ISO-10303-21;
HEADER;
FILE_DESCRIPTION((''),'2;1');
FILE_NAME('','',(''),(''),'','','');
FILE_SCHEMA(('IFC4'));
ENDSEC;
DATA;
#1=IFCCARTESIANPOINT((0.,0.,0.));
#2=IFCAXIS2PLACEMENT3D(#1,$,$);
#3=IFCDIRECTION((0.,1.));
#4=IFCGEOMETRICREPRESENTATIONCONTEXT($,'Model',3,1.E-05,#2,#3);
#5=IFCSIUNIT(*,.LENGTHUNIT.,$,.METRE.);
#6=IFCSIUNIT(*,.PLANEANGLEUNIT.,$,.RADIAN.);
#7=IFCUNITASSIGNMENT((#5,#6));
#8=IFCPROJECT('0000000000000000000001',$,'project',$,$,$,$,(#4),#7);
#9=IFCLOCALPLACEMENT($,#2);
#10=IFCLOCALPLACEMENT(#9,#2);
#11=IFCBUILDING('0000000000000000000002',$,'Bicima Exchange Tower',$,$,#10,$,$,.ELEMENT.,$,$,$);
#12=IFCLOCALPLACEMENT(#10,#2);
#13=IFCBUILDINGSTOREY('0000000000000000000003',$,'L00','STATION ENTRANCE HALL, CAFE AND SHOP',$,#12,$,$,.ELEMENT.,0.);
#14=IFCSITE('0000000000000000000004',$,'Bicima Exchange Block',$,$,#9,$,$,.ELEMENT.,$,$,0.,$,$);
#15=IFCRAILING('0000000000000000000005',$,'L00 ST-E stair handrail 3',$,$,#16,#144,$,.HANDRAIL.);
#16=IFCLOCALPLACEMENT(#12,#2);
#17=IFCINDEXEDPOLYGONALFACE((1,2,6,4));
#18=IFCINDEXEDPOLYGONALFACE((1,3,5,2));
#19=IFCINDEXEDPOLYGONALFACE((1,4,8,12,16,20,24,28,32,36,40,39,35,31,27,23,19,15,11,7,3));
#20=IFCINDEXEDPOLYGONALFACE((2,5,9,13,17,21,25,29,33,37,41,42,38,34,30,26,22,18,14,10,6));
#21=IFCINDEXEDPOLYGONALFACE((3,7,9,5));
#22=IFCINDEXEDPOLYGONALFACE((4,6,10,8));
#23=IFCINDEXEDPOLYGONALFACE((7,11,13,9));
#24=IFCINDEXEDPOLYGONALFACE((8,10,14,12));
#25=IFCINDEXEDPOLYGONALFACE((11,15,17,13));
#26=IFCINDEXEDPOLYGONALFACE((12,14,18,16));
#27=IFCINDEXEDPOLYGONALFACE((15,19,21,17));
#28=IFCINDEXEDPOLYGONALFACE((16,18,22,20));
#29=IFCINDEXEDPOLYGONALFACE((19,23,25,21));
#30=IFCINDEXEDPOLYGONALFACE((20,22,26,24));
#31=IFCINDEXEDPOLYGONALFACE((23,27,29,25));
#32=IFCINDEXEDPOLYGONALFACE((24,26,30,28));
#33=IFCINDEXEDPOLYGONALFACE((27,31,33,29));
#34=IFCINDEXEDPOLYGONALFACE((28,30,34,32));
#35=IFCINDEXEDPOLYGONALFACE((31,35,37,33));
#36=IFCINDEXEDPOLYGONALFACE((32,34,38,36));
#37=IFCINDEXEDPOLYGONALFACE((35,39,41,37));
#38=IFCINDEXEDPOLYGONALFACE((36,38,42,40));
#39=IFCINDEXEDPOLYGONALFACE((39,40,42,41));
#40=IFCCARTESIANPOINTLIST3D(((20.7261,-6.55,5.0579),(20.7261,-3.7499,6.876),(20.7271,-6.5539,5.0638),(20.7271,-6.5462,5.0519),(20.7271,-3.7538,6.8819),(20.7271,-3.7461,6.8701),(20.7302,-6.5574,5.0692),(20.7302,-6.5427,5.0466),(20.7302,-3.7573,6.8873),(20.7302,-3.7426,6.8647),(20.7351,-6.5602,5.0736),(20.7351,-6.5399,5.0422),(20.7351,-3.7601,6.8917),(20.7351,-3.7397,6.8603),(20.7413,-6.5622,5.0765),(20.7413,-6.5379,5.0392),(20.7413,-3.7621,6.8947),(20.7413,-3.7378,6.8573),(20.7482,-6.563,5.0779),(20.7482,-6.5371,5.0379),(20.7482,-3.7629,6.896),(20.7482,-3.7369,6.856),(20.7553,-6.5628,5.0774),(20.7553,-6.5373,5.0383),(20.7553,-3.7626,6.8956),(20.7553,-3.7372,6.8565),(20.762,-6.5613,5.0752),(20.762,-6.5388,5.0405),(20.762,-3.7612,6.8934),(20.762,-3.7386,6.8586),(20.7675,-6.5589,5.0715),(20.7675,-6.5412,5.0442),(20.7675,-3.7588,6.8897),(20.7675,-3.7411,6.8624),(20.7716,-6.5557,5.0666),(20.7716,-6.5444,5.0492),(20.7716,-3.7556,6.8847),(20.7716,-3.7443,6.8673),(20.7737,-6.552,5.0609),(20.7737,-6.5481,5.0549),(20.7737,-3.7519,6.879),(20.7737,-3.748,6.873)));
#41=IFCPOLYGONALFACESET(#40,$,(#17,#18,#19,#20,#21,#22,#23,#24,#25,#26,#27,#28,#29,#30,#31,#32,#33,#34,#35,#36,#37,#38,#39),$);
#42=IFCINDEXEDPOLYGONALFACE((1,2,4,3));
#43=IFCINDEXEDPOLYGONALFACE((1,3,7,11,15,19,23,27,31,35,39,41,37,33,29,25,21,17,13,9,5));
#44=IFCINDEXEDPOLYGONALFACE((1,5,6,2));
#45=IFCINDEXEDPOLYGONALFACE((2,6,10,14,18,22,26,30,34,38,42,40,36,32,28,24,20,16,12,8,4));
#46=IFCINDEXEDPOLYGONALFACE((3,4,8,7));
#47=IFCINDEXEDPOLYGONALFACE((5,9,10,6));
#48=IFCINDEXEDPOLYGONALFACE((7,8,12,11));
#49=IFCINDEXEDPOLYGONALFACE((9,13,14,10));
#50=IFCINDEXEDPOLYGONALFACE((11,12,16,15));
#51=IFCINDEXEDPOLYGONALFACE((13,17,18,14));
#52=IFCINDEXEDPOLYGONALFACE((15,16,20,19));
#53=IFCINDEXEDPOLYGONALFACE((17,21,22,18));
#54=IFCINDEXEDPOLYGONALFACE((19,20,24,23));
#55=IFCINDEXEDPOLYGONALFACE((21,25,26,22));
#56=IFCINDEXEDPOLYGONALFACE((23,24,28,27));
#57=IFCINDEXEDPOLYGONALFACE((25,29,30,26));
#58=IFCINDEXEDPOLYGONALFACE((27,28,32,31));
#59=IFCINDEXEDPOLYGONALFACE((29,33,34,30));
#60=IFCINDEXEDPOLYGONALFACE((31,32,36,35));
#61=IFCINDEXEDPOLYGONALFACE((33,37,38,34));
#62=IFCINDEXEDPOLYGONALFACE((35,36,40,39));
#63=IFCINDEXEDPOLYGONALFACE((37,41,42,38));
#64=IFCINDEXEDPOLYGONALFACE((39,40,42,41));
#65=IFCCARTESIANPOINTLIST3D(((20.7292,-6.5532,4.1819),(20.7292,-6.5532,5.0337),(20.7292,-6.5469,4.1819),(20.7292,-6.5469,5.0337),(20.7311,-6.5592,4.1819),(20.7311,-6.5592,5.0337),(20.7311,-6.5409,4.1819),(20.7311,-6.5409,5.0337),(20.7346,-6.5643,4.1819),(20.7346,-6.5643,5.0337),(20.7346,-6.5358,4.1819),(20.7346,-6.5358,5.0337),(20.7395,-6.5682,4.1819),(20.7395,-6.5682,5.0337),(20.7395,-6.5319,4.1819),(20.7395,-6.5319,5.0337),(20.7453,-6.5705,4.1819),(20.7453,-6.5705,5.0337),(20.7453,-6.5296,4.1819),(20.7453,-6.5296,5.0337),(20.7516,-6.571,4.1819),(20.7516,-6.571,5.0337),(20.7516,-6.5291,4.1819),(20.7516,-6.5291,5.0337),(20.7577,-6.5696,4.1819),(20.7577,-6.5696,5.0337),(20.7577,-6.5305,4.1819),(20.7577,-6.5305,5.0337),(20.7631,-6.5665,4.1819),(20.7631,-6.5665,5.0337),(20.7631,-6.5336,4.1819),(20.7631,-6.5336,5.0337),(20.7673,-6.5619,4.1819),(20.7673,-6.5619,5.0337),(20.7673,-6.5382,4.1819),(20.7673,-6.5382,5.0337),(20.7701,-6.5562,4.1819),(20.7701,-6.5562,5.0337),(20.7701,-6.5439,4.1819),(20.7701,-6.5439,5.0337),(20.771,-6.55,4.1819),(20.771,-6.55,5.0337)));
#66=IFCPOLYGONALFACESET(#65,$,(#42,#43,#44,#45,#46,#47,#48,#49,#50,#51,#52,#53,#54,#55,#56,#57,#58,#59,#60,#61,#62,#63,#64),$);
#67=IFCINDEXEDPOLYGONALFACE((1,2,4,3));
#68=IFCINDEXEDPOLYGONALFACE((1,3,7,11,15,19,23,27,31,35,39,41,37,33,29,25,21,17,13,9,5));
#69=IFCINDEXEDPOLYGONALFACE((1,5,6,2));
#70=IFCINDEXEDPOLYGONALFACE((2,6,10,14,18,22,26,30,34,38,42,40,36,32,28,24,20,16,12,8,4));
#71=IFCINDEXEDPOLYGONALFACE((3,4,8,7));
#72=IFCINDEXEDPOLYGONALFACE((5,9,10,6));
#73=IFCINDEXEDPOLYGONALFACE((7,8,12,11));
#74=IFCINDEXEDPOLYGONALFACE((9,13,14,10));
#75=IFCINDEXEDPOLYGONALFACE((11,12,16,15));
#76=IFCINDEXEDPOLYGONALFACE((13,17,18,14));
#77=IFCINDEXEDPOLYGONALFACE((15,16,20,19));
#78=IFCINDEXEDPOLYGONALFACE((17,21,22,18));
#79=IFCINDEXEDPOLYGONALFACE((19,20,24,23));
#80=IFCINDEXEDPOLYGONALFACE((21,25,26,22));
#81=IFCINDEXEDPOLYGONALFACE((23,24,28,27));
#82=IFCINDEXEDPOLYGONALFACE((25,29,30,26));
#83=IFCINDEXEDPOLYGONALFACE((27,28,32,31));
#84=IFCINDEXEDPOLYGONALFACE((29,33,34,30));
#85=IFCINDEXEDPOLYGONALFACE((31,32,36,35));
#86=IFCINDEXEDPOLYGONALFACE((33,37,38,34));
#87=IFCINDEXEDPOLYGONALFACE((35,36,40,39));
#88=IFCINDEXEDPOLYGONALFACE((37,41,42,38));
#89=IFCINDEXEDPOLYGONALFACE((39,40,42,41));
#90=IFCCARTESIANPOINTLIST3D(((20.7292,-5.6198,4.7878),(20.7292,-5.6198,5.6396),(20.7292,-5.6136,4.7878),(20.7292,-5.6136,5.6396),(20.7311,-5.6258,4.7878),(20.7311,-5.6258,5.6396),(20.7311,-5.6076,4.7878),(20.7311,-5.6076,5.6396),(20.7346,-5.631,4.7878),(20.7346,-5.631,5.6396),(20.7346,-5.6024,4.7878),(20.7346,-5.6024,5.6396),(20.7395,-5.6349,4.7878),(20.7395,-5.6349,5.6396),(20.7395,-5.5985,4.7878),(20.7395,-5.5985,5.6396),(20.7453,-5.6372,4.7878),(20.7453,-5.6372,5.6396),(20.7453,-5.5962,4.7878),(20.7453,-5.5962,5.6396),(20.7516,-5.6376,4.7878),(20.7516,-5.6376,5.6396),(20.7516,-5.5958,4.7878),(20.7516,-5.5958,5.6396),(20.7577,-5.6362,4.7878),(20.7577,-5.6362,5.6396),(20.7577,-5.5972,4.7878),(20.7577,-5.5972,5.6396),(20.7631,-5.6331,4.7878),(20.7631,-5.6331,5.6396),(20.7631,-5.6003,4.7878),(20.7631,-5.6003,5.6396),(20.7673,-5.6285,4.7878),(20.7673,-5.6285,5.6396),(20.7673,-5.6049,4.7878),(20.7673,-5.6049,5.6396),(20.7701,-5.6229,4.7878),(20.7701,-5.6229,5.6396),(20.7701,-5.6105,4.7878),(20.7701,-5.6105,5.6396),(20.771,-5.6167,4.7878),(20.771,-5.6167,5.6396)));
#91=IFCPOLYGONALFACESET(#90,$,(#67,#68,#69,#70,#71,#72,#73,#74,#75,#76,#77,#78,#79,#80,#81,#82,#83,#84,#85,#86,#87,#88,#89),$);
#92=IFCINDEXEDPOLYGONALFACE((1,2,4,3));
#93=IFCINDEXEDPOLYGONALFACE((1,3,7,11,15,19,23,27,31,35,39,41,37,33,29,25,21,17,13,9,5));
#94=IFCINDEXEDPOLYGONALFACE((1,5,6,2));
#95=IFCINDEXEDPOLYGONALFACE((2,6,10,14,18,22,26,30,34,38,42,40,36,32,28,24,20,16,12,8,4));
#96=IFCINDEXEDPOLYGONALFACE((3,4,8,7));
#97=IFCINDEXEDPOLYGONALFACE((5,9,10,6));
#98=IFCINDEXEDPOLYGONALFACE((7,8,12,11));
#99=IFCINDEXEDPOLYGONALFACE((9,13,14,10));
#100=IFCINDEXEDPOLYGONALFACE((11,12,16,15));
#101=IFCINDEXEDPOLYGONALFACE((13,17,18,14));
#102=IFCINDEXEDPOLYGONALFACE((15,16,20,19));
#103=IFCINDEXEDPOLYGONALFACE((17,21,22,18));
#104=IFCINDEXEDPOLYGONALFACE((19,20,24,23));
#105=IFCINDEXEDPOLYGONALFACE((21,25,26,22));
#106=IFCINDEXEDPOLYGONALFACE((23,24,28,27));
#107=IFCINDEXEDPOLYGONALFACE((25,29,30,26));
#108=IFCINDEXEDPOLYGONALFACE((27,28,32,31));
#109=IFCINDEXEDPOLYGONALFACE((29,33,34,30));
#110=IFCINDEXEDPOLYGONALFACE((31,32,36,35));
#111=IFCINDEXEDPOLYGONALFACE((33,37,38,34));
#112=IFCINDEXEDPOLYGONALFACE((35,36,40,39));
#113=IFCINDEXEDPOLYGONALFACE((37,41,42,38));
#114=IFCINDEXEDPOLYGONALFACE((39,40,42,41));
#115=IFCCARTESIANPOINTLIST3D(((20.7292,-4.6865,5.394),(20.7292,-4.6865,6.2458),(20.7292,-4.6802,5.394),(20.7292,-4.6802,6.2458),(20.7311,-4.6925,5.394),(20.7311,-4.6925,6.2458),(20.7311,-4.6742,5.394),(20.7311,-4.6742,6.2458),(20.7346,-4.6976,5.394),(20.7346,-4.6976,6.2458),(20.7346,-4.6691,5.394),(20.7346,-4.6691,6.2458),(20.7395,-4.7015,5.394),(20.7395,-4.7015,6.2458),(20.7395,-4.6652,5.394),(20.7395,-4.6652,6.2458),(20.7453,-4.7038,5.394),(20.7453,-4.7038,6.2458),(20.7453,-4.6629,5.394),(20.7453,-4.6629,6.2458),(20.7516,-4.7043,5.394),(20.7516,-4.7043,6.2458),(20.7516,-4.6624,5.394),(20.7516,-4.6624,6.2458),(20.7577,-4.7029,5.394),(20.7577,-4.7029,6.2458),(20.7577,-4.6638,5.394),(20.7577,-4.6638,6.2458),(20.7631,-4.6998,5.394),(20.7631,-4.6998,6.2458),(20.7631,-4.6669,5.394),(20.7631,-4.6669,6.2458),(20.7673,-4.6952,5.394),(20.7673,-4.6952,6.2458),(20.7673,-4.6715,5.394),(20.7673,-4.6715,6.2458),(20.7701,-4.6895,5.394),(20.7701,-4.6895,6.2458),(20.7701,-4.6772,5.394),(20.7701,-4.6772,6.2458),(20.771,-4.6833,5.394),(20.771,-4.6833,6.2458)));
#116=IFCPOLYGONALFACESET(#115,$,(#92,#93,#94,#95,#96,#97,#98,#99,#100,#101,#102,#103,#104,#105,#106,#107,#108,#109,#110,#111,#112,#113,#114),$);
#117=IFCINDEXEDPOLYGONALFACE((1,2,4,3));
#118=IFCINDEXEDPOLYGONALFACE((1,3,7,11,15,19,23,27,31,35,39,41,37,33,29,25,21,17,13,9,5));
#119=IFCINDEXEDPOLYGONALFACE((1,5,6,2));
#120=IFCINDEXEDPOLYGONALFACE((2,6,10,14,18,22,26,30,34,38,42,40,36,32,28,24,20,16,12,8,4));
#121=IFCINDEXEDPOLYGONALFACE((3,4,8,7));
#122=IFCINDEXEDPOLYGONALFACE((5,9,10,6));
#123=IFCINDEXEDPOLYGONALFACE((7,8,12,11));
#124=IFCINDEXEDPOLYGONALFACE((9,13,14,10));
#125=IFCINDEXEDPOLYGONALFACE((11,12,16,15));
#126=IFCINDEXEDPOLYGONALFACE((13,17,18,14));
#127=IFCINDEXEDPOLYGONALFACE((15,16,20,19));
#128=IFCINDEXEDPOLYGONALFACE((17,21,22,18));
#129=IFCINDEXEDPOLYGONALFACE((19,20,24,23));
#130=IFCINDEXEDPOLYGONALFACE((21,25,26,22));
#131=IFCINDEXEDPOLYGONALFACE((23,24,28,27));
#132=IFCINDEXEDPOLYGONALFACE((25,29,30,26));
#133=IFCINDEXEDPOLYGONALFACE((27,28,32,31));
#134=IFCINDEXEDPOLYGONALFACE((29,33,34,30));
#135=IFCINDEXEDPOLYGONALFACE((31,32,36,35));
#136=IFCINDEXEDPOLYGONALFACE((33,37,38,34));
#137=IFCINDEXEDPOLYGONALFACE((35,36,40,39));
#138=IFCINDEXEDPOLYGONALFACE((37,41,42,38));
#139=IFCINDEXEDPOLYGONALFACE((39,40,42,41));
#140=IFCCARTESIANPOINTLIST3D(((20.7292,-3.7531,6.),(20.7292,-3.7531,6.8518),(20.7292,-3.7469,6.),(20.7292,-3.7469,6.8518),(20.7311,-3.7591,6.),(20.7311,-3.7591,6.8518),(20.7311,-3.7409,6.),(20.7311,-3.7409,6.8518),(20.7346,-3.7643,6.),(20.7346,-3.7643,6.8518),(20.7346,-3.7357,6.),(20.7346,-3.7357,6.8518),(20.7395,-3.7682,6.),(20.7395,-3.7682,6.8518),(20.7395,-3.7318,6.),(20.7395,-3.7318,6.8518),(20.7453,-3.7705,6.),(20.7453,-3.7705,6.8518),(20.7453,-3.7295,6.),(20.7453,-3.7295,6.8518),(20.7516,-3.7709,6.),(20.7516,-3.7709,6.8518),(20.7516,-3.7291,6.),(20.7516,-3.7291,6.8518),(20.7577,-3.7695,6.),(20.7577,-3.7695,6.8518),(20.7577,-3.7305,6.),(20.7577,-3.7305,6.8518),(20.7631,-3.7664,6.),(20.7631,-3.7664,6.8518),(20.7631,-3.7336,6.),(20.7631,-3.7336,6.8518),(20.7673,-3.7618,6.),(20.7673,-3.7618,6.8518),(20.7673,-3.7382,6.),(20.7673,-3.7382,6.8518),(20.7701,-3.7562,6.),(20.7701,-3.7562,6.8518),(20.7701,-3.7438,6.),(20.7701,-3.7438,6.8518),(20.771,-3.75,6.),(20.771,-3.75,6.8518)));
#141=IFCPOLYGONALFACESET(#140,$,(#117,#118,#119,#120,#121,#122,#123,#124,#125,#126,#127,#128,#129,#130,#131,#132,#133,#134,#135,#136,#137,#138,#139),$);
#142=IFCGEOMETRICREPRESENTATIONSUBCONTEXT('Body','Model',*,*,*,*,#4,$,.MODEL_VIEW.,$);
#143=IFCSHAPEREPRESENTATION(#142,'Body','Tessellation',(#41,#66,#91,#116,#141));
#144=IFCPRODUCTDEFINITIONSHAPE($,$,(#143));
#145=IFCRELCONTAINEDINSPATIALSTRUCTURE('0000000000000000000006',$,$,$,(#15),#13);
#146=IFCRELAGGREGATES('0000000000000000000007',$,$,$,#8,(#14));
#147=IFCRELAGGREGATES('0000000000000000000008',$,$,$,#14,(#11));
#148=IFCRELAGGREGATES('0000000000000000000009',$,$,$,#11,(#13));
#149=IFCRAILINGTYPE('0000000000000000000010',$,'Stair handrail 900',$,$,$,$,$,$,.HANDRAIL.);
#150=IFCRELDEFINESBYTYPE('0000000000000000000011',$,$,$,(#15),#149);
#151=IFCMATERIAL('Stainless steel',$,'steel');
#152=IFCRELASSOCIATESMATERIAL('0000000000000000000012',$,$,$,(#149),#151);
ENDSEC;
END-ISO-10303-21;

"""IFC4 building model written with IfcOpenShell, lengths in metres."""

from ifc_helpers import new_model, si_unit, direction, frame, origin, origin_2d, place, context, subcontext, project, spatial, circle, extrude, material, type_object, element, save


model = new_model("IFC4")

# Units and contexts
model_context = context("Model", 3, precision=1e-05, world=origin(), true_north=direction((0.0, 1.0)))
body_context = subcontext(model_context, "Body", "Model", "MODEL_VIEW")
ifc_project = project(units=[si_unit("LENGTHUNIT", "METRE"), si_unit("PLANEANGLEUNIT", "RADIAN")], contexts=[model_context])

# Site, building, storey
site_placement = place(None, origin())
site = spatial("IfcSite", under=ifc_project, at=site_placement, Name="Bicima Exchange Block", CompositionType="ELEMENT", RefElevation=0.0)
building_placement = place(site_placement, origin())
building = spatial("IfcBuilding", under=site, at=building_placement, Name="Bicima Exchange Tower", CompositionType="ELEMENT")
storey_placement = place(building_placement, origin())
storey = spatial("IfcBuildingStorey", under=building, at=storey_placement, Name="L00", Description="STATION ENTRANCE HALL, CAFE AND SHOP", CompositionType="ELEMENT", Elevation=0.0)

# Railing
ifc_material_1 = material(Name="Stainless steel", Category="steel")
railing_type_1 = type_object("IfcRailingType", Name="Stair handrail 900", PredefinedType="HANDRAIL", material=ifc_material_1)
railing_1_placement = place(storey_placement, frame((20.75, -6.55, 4.1819)))
element("IfcRailing", 1, at=railing_1_placement, inside=storey, type_object=railing_type_1, Name="L00 ST-E stair handrail 3", PredefinedType="HANDRAIL", context=body_context, shape_type="SweptSolid", body=[
    extrude(circle(Radius=0.0239, at=origin_2d()), frame((0.0, 0.0, 0.876), z_axis=(0.0, 0.838706, 0.544585), x_axis=(-1.0, 0.0, 0.0)), (0.0, 0.0, 1.0), 3.3386),
    extrude(circle(Radius=0.021, at=origin_2d()), origin(), (0.0, 0.0, 1.0), 0.8518),
    extrude(circle(Radius=0.021, at=origin_2d()), frame((0.0, 0.9333, 0.606)), (0.0, 0.0, 1.0), 0.8518),
    extrude(circle(Radius=0.021, at=origin_2d()), frame((0.0, 1.8667, 1.2122)), (0.0, 0.0, 1.0), 0.8518),
    extrude(circle(Radius=0.021, at=origin_2d()), frame((0.0, 2.8, 1.8181)), (0.0, 0.0, 1.0), 0.8518),
])

save(model, "model.ifc")
